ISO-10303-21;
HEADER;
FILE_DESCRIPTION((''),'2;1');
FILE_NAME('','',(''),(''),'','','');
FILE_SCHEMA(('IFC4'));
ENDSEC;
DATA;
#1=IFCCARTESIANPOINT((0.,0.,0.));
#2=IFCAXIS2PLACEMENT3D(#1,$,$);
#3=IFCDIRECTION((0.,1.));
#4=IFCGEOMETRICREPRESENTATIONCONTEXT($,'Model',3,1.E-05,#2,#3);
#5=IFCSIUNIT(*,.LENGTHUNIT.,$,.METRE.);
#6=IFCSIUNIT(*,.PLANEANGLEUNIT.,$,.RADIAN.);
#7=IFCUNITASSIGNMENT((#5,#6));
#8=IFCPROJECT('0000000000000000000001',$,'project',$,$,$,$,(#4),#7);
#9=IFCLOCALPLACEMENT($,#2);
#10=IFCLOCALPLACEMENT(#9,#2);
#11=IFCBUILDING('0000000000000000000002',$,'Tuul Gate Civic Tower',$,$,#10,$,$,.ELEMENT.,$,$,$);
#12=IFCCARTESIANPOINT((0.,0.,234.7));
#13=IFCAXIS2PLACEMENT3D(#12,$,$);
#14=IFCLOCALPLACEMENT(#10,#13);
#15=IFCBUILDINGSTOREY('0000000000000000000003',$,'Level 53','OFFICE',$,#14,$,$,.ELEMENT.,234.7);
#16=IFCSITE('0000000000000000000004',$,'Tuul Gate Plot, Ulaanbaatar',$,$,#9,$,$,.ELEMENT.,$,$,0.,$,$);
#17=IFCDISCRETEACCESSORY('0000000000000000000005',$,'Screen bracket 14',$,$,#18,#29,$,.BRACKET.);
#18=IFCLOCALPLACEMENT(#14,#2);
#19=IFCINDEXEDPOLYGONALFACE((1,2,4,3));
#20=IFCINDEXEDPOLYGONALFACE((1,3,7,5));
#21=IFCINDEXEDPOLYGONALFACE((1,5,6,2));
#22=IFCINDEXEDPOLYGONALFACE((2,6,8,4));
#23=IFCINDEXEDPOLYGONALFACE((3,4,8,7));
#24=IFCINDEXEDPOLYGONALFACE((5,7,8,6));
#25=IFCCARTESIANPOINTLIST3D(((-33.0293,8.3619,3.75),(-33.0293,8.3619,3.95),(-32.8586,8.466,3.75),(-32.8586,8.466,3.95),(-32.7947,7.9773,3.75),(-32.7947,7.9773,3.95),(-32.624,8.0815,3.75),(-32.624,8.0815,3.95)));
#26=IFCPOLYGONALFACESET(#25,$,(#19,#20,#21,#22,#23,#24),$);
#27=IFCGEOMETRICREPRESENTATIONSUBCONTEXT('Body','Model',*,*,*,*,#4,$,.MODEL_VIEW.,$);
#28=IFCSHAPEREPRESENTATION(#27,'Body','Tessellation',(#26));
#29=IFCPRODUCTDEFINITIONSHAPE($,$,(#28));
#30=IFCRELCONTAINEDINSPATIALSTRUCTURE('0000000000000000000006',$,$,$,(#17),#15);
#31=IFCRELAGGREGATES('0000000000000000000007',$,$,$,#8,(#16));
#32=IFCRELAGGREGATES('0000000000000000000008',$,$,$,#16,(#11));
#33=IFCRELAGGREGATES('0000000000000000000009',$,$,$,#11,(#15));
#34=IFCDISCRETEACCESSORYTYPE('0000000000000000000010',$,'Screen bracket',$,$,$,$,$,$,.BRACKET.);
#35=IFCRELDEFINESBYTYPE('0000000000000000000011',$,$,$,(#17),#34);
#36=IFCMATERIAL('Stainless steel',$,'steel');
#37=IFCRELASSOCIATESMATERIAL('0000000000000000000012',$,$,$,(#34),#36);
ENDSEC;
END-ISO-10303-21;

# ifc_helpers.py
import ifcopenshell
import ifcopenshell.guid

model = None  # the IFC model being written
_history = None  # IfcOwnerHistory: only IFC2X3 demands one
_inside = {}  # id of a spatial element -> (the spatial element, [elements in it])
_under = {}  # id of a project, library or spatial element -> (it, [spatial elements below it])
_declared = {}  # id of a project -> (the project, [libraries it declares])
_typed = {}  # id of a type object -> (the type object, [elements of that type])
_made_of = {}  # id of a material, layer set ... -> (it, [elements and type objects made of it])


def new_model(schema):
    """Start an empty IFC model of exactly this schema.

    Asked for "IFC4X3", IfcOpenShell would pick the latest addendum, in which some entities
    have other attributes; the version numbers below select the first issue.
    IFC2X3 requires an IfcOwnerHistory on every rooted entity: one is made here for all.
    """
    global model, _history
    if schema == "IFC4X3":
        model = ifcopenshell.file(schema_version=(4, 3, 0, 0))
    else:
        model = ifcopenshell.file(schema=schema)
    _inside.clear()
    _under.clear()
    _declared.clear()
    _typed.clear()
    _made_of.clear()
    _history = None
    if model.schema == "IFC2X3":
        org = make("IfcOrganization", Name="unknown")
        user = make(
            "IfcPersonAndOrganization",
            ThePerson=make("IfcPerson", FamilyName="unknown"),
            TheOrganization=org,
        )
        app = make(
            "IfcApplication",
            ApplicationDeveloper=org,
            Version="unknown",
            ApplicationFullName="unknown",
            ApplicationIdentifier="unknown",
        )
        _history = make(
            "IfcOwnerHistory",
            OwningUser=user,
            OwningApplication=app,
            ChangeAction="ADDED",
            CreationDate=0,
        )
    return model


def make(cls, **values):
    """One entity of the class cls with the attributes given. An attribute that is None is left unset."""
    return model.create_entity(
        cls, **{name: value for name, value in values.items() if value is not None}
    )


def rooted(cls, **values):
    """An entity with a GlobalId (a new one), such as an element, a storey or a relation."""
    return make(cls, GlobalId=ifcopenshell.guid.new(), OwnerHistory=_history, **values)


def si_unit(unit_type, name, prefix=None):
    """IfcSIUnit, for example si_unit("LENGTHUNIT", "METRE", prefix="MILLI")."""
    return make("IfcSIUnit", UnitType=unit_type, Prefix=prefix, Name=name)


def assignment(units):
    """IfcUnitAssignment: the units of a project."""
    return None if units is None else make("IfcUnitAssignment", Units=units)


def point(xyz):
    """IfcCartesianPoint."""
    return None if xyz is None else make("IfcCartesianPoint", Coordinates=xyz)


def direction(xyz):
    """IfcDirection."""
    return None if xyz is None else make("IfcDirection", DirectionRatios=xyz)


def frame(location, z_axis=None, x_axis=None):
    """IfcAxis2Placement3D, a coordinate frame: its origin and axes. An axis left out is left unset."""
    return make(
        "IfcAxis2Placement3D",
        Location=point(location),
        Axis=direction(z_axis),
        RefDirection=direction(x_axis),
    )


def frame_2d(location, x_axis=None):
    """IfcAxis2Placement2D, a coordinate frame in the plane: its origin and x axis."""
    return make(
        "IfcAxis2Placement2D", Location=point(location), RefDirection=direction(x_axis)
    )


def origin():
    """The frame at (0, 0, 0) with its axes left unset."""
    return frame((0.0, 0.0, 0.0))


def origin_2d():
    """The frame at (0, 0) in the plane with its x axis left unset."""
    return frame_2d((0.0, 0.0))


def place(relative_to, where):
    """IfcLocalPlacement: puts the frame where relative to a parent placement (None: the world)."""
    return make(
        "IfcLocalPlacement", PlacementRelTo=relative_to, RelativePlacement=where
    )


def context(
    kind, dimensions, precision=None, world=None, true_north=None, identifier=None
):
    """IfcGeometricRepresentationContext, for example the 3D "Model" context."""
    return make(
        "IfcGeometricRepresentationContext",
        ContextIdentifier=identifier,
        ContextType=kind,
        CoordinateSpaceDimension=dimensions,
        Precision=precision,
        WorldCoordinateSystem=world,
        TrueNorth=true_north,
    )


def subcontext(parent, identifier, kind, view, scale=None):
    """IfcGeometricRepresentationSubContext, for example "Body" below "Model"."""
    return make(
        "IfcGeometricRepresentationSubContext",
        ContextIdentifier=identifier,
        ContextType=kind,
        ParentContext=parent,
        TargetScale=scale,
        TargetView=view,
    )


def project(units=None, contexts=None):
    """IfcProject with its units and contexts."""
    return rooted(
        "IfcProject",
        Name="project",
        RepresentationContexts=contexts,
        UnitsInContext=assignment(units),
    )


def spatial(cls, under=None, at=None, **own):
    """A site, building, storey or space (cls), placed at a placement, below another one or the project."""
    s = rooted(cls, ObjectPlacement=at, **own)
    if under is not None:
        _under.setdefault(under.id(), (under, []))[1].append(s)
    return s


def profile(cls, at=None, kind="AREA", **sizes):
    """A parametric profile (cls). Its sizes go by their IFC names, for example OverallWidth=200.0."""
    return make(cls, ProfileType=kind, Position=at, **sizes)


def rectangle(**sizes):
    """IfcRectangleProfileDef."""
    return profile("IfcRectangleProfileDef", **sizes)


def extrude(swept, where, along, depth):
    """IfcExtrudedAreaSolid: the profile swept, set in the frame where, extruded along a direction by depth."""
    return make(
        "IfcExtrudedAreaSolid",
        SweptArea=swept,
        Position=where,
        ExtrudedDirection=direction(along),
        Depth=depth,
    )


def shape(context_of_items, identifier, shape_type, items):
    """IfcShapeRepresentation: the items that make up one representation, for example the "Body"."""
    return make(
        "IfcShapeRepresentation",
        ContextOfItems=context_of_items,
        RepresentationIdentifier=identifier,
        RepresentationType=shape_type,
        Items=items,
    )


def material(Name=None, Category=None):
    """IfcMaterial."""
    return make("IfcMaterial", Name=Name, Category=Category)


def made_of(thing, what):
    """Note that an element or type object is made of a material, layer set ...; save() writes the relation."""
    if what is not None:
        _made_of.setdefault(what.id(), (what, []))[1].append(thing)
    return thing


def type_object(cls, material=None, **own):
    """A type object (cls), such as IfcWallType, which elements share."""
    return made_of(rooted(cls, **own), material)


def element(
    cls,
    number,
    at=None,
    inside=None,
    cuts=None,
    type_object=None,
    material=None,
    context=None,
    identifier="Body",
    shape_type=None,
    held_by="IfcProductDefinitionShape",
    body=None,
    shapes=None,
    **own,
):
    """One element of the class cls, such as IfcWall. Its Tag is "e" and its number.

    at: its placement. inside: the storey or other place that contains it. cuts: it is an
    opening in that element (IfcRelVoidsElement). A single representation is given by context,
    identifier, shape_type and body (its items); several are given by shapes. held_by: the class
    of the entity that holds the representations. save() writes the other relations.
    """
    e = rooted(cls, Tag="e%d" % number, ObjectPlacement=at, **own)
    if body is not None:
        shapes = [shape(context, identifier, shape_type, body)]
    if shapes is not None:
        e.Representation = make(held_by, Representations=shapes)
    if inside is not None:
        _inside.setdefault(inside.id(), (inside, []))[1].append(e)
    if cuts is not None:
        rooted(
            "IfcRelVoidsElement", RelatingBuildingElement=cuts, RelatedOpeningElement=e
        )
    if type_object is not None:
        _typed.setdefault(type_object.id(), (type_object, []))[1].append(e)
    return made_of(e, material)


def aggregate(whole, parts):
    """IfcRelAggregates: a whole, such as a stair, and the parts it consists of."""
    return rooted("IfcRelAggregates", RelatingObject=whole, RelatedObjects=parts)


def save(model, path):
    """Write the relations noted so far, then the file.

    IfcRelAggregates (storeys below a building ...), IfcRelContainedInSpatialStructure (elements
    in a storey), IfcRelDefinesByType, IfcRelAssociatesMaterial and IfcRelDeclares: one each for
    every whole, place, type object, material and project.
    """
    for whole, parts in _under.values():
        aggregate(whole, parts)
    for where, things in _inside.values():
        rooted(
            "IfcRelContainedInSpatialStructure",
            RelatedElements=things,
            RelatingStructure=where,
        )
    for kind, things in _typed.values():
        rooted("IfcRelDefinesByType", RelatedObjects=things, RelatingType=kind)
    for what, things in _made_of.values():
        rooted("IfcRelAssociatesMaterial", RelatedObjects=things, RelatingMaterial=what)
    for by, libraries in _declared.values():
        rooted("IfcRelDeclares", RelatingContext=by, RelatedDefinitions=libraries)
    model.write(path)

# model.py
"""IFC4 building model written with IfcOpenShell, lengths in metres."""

from ifc_helpers import new_model, si_unit, direction, frame, origin, origin_2d, place, context, subcontext, project, spatial, rectangle, extrude, material, type_object, element, save


model = new_model("IFC4")

# Units and contexts
model_context = context("Model", 3, precision=1e-05, world=origin(), true_north=direction((0.0, 1.0)))
body_context = subcontext(model_context, "Body", "Model", "MODEL_VIEW")
ifc_project = project(units=[si_unit("LENGTHUNIT", "METRE"), si_unit("PLANEANGLEUNIT", "RADIAN")], contexts=[model_context])

# Site, building, storey
site_placement = place(None, origin())
site = spatial("IfcSite", under=ifc_project, at=site_placement, Name="Tuul Gate Plot, Ulaanbaatar", CompositionType="ELEMENT", RefElevation=0.0)
building_placement = place(site_placement, origin())
building = spatial("IfcBuilding", under=site, at=building_placement, Name="Tuul Gate Civic Tower", CompositionType="ELEMENT")
storey_placement = place(building_placement, frame((0.0, 0.0, 234.7)))
storey = spatial("IfcBuildingStorey", under=building, at=storey_placement, Name="Level 53", Description="OFFICE", CompositionType="ELEMENT", Elevation=234.7)

# Discrete accessory
ifc_material_1 = material(Name="Stainless steel", Category="steel")
discrete_accessory_type = type_object("IfcDiscreteAccessoryType", Name="Screen bracket", PredefinedType="BRACKET", material=ifc_material_1)
discrete_accessory_placement = place(storey_placement, frame((-32.8267, 8.2217, 3.75), z_axis=(0.0, 0.0, 1.0), x_axis=(-0.520753, 0.853707, 0.0)))
element("IfcDiscreteAccessory", 1, at=discrete_accessory_placement, inside=storey, type_object=discrete_accessory_type, Name="Screen bracket 14", PredefinedType="BRACKET", context=body_context, shape_type="SweptSolid", body=[
    extrude(rectangle(XDim=0.4504, YDim=0.2, at=origin_2d()), origin(), (0.0, 0.0, 1.0), 0.2),
])

save(model, "model.ifc")
